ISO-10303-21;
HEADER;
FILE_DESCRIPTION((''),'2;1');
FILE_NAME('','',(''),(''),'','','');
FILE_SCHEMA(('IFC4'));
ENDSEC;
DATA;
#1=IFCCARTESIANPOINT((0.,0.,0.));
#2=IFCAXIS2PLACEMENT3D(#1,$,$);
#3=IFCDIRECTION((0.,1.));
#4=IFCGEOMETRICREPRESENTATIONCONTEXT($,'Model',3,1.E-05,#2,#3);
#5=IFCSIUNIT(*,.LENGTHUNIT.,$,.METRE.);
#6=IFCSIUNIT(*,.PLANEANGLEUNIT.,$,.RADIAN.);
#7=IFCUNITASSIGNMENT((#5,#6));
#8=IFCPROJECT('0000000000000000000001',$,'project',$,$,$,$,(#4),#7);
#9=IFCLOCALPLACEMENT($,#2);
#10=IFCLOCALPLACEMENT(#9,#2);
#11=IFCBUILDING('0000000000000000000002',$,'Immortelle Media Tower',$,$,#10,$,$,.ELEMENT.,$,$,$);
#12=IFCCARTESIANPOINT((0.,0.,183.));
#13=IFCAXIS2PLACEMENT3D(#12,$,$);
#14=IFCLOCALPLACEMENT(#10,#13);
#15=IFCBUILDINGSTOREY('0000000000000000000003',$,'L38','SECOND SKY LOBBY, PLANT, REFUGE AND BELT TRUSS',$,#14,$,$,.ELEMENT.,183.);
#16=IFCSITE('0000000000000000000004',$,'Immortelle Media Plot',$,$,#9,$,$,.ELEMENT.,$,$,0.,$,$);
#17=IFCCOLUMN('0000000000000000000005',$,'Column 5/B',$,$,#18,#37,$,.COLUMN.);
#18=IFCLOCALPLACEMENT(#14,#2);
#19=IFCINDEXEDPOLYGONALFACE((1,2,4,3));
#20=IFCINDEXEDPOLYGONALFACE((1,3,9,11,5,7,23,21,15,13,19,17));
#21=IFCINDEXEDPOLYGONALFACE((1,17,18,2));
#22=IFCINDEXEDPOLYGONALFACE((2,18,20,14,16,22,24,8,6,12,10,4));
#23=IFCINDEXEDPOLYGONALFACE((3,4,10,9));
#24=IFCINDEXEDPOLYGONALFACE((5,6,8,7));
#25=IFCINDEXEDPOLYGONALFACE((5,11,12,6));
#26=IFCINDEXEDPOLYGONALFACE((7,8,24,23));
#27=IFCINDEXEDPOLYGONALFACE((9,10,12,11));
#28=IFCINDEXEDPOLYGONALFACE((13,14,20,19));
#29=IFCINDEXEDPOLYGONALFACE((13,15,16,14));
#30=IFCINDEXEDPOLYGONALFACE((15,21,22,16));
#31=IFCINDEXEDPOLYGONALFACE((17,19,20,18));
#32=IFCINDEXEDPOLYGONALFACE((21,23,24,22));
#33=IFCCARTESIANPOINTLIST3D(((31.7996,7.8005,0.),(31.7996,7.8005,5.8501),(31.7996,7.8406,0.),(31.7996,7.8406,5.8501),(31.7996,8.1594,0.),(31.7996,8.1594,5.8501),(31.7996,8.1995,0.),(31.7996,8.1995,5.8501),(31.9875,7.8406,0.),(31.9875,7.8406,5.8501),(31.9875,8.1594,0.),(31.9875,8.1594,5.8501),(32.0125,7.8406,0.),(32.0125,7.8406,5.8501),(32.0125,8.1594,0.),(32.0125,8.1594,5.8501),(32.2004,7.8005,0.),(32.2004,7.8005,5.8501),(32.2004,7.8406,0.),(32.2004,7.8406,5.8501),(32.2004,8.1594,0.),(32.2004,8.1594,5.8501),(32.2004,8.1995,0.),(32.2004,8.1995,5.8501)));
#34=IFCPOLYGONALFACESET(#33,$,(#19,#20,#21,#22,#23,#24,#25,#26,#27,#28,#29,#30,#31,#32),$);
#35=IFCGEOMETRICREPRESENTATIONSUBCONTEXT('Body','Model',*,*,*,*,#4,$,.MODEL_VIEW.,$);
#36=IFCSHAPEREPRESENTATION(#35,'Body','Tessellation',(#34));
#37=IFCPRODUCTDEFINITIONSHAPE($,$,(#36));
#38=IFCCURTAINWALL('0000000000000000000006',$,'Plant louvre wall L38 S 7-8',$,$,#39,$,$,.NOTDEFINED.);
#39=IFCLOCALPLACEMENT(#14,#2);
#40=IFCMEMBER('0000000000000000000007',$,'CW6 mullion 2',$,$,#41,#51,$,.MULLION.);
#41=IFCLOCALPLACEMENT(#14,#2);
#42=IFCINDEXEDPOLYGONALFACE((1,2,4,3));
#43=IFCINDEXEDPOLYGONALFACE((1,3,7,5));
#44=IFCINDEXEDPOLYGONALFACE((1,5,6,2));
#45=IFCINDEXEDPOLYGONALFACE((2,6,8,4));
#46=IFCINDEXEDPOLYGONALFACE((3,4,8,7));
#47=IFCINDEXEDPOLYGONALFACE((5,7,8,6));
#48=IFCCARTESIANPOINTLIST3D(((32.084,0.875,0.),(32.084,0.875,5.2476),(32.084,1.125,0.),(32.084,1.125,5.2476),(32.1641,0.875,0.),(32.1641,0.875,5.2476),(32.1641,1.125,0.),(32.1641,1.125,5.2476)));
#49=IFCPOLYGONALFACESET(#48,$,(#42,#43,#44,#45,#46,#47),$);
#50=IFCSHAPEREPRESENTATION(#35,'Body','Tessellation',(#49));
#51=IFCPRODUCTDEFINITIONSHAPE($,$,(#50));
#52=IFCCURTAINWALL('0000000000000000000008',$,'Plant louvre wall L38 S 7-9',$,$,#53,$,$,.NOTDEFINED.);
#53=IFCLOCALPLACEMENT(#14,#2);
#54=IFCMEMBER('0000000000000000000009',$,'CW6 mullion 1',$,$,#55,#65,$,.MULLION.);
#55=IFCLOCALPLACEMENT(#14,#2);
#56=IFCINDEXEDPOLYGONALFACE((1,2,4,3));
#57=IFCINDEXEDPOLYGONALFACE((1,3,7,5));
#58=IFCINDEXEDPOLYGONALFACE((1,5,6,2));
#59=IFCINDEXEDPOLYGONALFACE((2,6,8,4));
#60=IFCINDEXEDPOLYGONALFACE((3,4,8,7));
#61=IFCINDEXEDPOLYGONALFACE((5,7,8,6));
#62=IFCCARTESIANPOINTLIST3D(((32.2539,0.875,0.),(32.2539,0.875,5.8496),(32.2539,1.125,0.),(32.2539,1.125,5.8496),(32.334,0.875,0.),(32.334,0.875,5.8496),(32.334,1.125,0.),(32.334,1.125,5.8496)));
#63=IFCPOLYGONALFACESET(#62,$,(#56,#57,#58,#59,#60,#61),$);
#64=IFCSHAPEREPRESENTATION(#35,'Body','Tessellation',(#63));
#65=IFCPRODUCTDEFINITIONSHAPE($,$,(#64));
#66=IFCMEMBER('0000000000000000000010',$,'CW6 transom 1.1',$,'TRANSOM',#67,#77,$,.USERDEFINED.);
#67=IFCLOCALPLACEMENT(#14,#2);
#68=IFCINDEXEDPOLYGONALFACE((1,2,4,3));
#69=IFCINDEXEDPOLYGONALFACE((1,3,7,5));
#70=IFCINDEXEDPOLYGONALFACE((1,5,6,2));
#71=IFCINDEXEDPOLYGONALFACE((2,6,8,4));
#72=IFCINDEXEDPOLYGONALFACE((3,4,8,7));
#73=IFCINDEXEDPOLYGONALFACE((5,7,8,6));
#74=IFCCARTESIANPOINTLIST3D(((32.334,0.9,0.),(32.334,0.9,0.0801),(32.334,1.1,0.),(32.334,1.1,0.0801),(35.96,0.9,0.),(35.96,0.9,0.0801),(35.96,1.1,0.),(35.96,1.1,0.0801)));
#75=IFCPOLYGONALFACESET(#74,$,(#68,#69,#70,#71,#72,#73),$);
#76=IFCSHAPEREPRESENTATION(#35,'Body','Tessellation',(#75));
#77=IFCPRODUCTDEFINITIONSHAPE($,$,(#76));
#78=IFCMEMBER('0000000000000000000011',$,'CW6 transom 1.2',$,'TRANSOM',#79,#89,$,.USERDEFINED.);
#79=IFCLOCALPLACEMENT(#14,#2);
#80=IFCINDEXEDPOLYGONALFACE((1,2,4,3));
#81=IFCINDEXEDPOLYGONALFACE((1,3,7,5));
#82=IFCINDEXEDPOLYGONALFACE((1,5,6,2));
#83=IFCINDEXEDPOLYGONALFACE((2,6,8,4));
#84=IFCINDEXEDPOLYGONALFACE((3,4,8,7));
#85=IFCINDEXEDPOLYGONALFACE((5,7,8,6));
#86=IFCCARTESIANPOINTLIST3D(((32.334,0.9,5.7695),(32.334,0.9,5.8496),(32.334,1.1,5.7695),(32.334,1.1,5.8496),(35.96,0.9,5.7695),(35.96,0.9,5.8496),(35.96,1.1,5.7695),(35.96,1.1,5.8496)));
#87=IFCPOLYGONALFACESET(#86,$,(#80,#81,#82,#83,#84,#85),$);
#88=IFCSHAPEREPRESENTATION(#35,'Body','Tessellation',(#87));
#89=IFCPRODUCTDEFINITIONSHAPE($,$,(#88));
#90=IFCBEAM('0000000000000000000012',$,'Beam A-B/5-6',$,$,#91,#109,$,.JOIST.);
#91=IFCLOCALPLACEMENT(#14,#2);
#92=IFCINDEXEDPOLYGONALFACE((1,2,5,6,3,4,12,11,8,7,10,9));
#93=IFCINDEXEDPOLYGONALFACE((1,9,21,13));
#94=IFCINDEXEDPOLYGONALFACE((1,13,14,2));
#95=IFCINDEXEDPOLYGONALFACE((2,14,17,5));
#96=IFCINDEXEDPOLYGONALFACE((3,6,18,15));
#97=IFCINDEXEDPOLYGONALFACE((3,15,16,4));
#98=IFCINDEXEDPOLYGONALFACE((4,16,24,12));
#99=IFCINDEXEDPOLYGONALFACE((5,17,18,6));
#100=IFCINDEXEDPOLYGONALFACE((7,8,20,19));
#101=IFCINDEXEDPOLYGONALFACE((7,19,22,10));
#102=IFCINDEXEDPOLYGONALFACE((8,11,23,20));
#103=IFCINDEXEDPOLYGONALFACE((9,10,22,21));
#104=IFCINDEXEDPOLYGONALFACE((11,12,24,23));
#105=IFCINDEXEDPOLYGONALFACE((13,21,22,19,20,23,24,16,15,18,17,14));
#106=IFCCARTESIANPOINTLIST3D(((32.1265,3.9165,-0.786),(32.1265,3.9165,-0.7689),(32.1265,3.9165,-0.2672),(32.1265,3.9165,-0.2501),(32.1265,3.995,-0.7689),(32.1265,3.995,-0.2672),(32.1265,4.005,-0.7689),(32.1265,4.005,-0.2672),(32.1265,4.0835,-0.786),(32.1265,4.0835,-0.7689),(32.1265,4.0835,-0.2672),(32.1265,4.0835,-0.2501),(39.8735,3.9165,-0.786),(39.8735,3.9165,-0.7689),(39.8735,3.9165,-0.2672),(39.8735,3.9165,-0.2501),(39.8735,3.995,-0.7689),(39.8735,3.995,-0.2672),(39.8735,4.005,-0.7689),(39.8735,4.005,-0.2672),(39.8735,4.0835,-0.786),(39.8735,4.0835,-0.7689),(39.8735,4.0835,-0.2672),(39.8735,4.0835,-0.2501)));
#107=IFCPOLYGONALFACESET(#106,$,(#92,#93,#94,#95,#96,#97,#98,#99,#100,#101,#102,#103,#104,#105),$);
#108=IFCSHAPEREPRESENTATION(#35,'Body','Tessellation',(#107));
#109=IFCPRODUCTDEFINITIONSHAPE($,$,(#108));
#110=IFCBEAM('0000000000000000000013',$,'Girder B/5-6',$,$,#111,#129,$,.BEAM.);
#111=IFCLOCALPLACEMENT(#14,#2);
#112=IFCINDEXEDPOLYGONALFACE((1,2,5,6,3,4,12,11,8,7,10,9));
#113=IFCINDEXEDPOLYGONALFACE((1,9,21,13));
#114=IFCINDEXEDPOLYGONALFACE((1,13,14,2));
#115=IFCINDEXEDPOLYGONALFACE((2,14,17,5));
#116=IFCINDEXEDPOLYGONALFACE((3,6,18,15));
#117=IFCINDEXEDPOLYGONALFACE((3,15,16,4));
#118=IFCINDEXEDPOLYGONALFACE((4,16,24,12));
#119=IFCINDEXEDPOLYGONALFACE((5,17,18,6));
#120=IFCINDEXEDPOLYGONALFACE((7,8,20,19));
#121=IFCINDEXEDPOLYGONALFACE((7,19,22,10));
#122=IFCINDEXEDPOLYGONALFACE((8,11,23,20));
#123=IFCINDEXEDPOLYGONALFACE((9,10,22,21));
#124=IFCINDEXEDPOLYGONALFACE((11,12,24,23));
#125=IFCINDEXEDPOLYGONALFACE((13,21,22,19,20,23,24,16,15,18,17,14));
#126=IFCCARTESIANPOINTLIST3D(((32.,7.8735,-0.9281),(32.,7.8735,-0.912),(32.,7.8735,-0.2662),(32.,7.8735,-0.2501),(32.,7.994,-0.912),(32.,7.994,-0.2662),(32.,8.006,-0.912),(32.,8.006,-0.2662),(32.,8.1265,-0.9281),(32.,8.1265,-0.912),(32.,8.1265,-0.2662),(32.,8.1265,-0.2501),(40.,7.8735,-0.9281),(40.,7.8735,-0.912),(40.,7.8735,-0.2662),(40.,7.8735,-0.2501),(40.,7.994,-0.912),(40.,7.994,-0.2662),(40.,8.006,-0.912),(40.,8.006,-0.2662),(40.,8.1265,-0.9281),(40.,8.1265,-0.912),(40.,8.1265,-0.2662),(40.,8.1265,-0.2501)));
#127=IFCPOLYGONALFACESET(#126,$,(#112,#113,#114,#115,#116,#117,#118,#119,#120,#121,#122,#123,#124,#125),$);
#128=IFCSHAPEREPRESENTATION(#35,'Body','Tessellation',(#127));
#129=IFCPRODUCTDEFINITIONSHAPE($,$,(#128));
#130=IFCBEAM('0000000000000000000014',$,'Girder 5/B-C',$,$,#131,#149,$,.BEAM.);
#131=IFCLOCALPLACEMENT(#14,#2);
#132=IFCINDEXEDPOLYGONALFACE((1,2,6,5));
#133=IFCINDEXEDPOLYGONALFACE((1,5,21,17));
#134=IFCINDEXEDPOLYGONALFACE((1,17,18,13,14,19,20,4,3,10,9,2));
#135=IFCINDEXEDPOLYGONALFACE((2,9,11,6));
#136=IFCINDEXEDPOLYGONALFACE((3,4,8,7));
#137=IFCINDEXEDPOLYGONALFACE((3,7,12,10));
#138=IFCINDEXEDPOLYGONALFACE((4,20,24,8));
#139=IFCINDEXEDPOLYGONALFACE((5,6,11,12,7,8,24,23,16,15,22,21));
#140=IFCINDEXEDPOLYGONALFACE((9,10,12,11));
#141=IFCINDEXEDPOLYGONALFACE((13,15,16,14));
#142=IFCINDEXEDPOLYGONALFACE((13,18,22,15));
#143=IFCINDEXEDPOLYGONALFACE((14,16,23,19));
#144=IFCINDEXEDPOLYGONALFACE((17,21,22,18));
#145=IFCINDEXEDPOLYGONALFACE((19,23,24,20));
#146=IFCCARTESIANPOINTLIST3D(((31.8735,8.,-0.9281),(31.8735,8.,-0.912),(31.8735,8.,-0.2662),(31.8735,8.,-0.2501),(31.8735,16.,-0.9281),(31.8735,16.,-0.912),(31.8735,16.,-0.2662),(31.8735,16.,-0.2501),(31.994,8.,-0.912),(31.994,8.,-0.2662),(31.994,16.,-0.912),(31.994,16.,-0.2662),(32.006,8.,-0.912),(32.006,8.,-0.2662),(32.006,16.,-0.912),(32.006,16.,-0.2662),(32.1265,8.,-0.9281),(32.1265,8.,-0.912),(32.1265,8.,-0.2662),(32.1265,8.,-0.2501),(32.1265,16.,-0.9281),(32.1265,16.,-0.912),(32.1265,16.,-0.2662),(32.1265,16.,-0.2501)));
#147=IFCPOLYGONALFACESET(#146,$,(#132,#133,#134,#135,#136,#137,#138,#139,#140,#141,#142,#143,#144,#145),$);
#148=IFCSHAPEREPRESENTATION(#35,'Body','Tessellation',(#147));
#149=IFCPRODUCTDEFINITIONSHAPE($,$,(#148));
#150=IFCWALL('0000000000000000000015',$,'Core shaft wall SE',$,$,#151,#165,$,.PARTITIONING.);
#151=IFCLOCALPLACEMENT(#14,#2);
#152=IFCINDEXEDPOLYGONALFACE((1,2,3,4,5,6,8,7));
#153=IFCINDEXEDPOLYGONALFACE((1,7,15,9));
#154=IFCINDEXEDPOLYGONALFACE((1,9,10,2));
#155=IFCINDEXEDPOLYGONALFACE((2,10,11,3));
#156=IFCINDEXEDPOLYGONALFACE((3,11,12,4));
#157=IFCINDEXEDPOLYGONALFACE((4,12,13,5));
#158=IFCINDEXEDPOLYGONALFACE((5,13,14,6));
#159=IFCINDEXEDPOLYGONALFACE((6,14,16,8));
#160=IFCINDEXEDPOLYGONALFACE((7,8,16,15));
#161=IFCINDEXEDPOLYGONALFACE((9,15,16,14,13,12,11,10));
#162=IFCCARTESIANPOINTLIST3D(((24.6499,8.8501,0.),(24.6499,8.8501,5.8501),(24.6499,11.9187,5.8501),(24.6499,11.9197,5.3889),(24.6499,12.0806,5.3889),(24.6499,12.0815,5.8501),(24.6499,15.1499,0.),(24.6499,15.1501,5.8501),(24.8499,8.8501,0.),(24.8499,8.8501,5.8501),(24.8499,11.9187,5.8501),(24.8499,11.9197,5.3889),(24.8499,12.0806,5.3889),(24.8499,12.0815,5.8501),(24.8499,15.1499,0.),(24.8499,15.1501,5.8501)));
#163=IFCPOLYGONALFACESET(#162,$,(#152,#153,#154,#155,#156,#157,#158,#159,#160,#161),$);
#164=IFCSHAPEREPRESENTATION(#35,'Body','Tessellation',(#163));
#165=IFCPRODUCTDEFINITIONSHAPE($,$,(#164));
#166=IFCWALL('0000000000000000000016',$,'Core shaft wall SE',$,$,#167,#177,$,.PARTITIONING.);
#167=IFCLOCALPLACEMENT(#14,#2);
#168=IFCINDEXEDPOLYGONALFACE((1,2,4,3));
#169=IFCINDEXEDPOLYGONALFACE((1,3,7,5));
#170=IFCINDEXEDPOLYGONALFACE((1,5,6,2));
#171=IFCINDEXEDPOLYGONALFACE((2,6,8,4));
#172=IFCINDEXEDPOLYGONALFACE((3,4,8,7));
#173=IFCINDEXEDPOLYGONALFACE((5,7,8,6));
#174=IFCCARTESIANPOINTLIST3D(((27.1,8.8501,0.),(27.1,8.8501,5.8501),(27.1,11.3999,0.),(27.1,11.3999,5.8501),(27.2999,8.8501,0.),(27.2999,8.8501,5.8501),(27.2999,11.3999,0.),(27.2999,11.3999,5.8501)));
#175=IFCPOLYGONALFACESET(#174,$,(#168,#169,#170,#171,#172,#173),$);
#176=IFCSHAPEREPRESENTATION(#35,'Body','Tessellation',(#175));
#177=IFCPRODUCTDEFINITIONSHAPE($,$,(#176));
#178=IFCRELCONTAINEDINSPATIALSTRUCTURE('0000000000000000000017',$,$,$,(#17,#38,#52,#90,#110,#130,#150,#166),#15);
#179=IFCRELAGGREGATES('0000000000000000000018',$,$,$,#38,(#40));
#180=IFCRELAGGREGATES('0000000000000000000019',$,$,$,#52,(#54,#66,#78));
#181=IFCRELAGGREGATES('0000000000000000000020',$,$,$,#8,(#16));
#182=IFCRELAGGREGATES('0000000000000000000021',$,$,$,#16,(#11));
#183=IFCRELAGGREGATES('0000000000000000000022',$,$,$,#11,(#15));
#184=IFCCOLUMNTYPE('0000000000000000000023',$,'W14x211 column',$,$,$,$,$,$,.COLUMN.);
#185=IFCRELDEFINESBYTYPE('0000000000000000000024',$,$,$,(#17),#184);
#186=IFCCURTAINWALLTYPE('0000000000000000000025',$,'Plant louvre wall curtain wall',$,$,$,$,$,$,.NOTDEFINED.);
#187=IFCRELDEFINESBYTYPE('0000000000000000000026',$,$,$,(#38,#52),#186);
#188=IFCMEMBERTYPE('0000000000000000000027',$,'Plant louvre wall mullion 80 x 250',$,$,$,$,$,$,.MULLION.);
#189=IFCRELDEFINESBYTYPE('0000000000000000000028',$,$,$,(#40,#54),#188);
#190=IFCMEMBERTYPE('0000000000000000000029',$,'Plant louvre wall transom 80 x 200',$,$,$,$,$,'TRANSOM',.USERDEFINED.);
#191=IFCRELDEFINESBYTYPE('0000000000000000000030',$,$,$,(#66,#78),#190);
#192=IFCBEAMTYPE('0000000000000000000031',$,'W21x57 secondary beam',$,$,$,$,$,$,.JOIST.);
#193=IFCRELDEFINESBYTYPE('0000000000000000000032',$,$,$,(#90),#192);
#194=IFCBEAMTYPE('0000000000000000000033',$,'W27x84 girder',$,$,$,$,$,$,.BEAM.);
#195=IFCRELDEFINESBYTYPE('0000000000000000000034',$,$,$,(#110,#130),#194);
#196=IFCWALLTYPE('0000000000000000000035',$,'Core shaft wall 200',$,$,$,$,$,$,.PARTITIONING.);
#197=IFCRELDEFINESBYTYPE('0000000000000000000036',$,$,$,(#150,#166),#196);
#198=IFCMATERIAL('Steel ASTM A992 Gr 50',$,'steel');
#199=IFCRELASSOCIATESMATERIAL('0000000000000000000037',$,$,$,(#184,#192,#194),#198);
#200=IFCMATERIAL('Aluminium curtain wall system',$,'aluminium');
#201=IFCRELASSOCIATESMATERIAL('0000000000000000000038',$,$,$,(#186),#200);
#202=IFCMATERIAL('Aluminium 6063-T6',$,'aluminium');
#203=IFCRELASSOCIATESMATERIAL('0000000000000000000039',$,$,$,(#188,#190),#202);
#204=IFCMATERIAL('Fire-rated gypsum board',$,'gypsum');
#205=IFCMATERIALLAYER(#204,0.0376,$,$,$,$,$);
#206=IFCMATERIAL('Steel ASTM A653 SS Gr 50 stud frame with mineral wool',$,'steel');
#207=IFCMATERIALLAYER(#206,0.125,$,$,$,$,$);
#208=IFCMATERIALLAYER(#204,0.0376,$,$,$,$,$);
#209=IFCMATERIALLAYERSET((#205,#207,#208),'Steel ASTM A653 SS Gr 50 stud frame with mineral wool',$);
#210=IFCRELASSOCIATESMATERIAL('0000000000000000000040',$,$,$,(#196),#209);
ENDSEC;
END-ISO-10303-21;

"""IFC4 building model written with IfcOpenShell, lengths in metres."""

from ifc_helpers import new_model, si_unit, direction, frame, frame_2d, origin, origin_2d, place, context, subcontext, project, spatial, polyline, rectangle, i_section, outline, extrude, material, layer, layer_set, material_profile, profile_set, type_object, element, aggregate, save


model = new_model("IFC4")

# Units and contexts
model_context = context("Model", 3, precision=1e-05, world=origin(), true_north=direction((0.0, 1.0)))
body_context = subcontext(model_context, "Body", "Model", "MODEL_VIEW")
ifc_project = project(units=[si_unit("LENGTHUNIT", "METRE"), si_unit("PLANEANGLEUNIT", "RADIAN")], contexts=[model_context])

# Site, building, storey
site_placement = place(None, origin())
site = spatial("IfcSite", under=ifc_project, at=site_placement, Name="Immortelle Media Plot", CompositionType="ELEMENT", RefElevation=0.0)
building_placement = place(site_placement, origin())
building = spatial("IfcBuilding", under=site, at=building_placement, Name="Immortelle Media Tower", CompositionType="ELEMENT")
storey_placement = place(building_placement, frame((0.0, 0.0, 183.0)))
storey = spatial("IfcBuildingStorey", under=building, at=storey_placement, Name="L38", Description="SECOND SKY LOBBY, PLANT, REFUGE AND BELT TRUSS", CompositionType="ELEMENT", Elevation=183.0)

# Column
ifc_material_1 = material(Name="Steel ASTM A992 Gr 50", Category="steel")
ifc_material_profile_1 = material_profile(ifc_material_1, i_section(OverallWidth=0.4009, OverallDepth=0.3989, WebThickness=0.0249, FlangeThickness=0.04, at=origin_2d()), Name="W14x211")
ifc_profile_set_1 = profile_set([ifc_material_profile_1], Name="Steel ASTM A992 Gr 50")
column_type = type_object("IfcColumnType", Name="W14x211 column", PredefinedType="COLUMN", material=ifc_profile_set_1)
column_placement = place(storey_placement, frame((32.0, 8.0, 0.0), z_axis=(0.0, 0.0, 1.0), x_axis=(1.0, 0.0, 0.0)))
element("IfcColumn", 1, at=column_placement, inside=storey, type_object=column_type, Name="Column 5/B", PredefinedType="COLUMN", context=body_context, shape_type="SweptSolid", body=[
    extrude(i_section(OverallWidth=0.4009, OverallDepth=0.3989, WebThickness=0.0249, FlangeThickness=0.04, at=origin_2d()), origin(), (0.0, 0.0, 1.0), 5.8501),
])

# Curtain wall, member
ifc_material_2 = material(Name="Aluminium curtain wall system", Category="aluminium")
curtain_wall_type = type_object("IfcCurtainWallType", Name="Plant louvre wall curtain wall", PredefinedType="NOTDEFINED", material=ifc_material_2)
curtain_wall_1_placement = place(storey_placement, origin())
curtain_wall_1 = element("IfcCurtainWall", 2, at=curtain_wall_1_placement, inside=storey, type_object=curtain_wall_type, Name="Plant louvre wall L38 S 7-8", PredefinedType="NOTDEFINED")
ifc_material_3 = material(Name="Aluminium 6063-T6", Category="aluminium")
ifc_material_profile_2 = material_profile(ifc_material_3, rectangle(XDim=0.25, YDim=0.0801, at=origin_2d()), Name="AL 80x250")
ifc_profile_set_2 = profile_set([ifc_material_profile_2], Name="Aluminium 6063-T6")
member_type_1 = type_object("IfcMemberType", Name="Plant louvre wall mullion 80 x 250", PredefinedType="MULLION", material=ifc_profile_set_2)
member_1_placement = place(storey_placement, frame((32.124, 1.0, 0.0), z_axis=(0.0, 0.0, 1.0), x_axis=(0.0, 1.0, 0.0)))
member_1 = element("IfcMember", 3, at=member_1_placement, type_object=member_type_1, Name="CW6 mullion 2", PredefinedType="MULLION", context=body_context, shape_type="SweptSolid", body=[
    extrude(rectangle(XDim=0.25, YDim=0.0801, at=origin_2d()), origin(), (0.0, 0.0, 1.0), 5.2476),
])
aggregate(curtain_wall_1, [member_1])

# Curtain wall, members
curtain_wall_2_placement = place(storey_placement, origin())
curtain_wall_2 = element("IfcCurtainWall", 4, at=curtain_wall_2_placement, inside=storey, type_object=curtain_wall_type, Name="Plant louvre wall L38 S 7-9", PredefinedType="NOTDEFINED")
member_2_placement = place(storey_placement, frame((32.2939, 1.0, 0.0), z_axis=(0.0, 0.0, 1.0), x_axis=(0.0, 1.0, 0.0)))
member_2 = element("IfcMember", 5, at=member_2_placement, type_object=member_type_1, Name="CW6 mullion 1", PredefinedType="MULLION", context=body_context, shape_type="SweptSolid", body=[
    extrude(rectangle(XDim=0.25, YDim=0.0801, at=origin_2d()), origin(), (0.0, 0.0, 1.0), 5.8496),
])
ifc_material_profile_3 = material_profile(ifc_material_3, rectangle(XDim=0.2, YDim=0.0801, at=origin_2d()), Name="AL 80x200")
ifc_profile_set_3 = profile_set([ifc_material_profile_3], Name="Aluminium 6063-T6")
member_type_2 = type_object("IfcMemberType", Name="Plant louvre wall transom 80 x 200", ElementType="TRANSOM", PredefinedType="USERDEFINED", material=ifc_profile_set_3)
member_3_placement = place(storey_placement, frame((32.334, 1.0, 0.04), z_axis=(1.0, 0.0, 0.0), x_axis=(0.0, 1.0, 0.0)))
member_3 = element("IfcMember", 6, at=member_3_placement, type_object=member_type_2, Name="CW6 transom 1.1", ObjectType="TRANSOM", PredefinedType="USERDEFINED", context=body_context, shape_type="SweptSolid", body=[
    extrude(rectangle(XDim=0.2, YDim=0.0801, at=origin_2d()), origin(), (0.0, 0.0, 1.0), 3.626),
])
member_4_placement = place(storey_placement, frame((32.334, 1.0, 5.8096), z_axis=(1.0, 0.0, 0.0), x_axis=(0.0, 1.0, 0.0)))
member_4 = element("IfcMember", 7, at=member_4_placement, type_object=member_type_2, Name="CW6 transom 1.2", ObjectType="TRANSOM", PredefinedType="USERDEFINED", context=body_context, shape_type="SweptSolid", body=[
    extrude(rectangle(XDim=0.2, YDim=0.0801, at=origin_2d()), origin(), (0.0, 0.0, 1.0), 3.626),
])
aggregate(curtain_wall_2, [member_2, member_3, member_4])

# Beams
ifc_material_profile_4 = material_profile(ifc_material_1, i_section(OverallWidth=0.167, OverallDepth=0.5359, WebThickness=0.01, FlangeThickness=0.0171, at=origin_2d()), Name="W21x57")
ifc_profile_set_4 = profile_set([ifc_material_profile_4], Name="Steel ASTM A992 Gr 50")
beam_type_1 = type_object("IfcBeamType", Name="W21x57 secondary beam", PredefinedType="JOIST", material=ifc_profile_set_4)
beam_placement = place(storey_placement, frame((32.1265, 4.0, -0.5181), z_axis=(1.0, 0.0, 0.0), x_axis=(0.0, 1.0, 0.0)))
element("IfcBeam", 8, at=beam_placement, inside=storey, type_object=beam_type_1, Name="Beam A-B/5-6", PredefinedType="JOIST", context=body_context, shape_type="SweptSolid", body=[
    extrude(i_section(OverallWidth=0.167, OverallDepth=0.5359, WebThickness=0.01, FlangeThickness=0.0171, at=origin_2d()), origin(), (0.0, 0.0, 1.0), 7.7471),
])
ifc_material_profile_5 = material_profile(ifc_material_1, i_section(OverallWidth=0.2529, OverallDepth=0.678, WebThickness=0.012, FlangeThickness=0.0161, at=origin_2d()), Name="W27x84")
ifc_profile_set_5 = profile_set([ifc_material_profile_5], Name="Steel ASTM A992 Gr 50")
beam_type_2 = type_object("IfcBeamType", Name="W27x84 girder", PredefinedType="BEAM", material=ifc_profile_set_5)
for number, where, z_axis, x_axis, name in (
    (9, (32.0, 8.0, -0.5891), (1.0, 0.0, 0.0), (0.0, 1.0, 0.0), "Girder B/5-6"),
    (10, (32.0, 8.0, -0.5891), (0.0, 1.0, 0.0), (-1.0, 0.0, 0.0), "Girder 5/B-C"),
):
    element("IfcBeam", number, at=place(storey_placement, frame(where, z_axis=z_axis, x_axis=x_axis)), inside=storey, type_object=beam_type_2, Name=name, PredefinedType="BEAM", context=body_context, shape_type="SweptSolid", body=[
        extrude(i_section(OverallWidth=0.2529, OverallDepth=0.678, WebThickness=0.012, FlangeThickness=0.0161, at=origin_2d()), origin(), (0.0, 0.0, 1.0), 8.0),
    ])

# Walls
ifc_material_4 = material(Name="Fire-rated gypsum board", Category="gypsum")
ifc_layer_1 = layer(ifc_material_4, 0.0376)
ifc_material_5 = material(Name="Steel ASTM A653 SS Gr 50 stud frame with mineral wool", Category="steel")
ifc_layer_2 = layer(ifc_material_5, 0.125)
ifc_layer_3 = layer(ifc_material_4, 0.0376)
ifc_layer_set_1 = layer_set([ifc_layer_1, ifc_layer_2, ifc_layer_3], Name="Steel ASTM A653 SS Gr 50 stud frame with mineral wool")
wall_type_1 = type_object("IfcWallType", Name="Core shaft wall 200", PredefinedType="PARTITIONING", material=ifc_layer_set_1)
wall_1_placement = place(storey_placement, frame((24.75, 8.8501, 0.0), z_axis=(0.0, 0.0, 1.0), x_axis=(0.0, 1.0, 0.0)))
element("IfcWall", 11, at=wall_1_placement, inside=storey, type_object=wall_type_1, Name="Core shaft wall SE", PredefinedType="PARTITIONING", context=body_context, shape_type="SweptSolid", body=[
    extrude(outline(polyline([(0.0, 0.0), (6.2998, 0.0), (6.3, 5.8501), (3.2314, 5.8501), (3.2305, 5.3889), (3.0696, 5.3889), (3.0686, 5.8501), (0.0, 5.8501), (0.0, 0.0)])), frame((0.0, 0.1001, 0.0), z_axis=(0.0, -1.0, 0.0), x_axis=(1.0, 0.0, 0.0)), (0.0, 0.0, 1.0), 0.2),
])
wall_2_placement = place(storey_placement, frame((27.2, 8.8501, 0.0), z_axis=(0.0, 0.0, 1.0), x_axis=(0.0, 1.0, 0.0)))
element("IfcWall", 12, at=wall_2_placement, inside=storey, type_object=wall_type_1, Name="Core shaft wall SE", PredefinedType="PARTITIONING", context=body_context, shape_type="SweptSolid", body=[
    extrude(rectangle(XDim=2.5498, YDim=0.2, at=frame_2d((1.2749, 0.0))), origin(), (0.0, 0.0, 1.0), 5.8501),
])

save(model, "model.ifc")
